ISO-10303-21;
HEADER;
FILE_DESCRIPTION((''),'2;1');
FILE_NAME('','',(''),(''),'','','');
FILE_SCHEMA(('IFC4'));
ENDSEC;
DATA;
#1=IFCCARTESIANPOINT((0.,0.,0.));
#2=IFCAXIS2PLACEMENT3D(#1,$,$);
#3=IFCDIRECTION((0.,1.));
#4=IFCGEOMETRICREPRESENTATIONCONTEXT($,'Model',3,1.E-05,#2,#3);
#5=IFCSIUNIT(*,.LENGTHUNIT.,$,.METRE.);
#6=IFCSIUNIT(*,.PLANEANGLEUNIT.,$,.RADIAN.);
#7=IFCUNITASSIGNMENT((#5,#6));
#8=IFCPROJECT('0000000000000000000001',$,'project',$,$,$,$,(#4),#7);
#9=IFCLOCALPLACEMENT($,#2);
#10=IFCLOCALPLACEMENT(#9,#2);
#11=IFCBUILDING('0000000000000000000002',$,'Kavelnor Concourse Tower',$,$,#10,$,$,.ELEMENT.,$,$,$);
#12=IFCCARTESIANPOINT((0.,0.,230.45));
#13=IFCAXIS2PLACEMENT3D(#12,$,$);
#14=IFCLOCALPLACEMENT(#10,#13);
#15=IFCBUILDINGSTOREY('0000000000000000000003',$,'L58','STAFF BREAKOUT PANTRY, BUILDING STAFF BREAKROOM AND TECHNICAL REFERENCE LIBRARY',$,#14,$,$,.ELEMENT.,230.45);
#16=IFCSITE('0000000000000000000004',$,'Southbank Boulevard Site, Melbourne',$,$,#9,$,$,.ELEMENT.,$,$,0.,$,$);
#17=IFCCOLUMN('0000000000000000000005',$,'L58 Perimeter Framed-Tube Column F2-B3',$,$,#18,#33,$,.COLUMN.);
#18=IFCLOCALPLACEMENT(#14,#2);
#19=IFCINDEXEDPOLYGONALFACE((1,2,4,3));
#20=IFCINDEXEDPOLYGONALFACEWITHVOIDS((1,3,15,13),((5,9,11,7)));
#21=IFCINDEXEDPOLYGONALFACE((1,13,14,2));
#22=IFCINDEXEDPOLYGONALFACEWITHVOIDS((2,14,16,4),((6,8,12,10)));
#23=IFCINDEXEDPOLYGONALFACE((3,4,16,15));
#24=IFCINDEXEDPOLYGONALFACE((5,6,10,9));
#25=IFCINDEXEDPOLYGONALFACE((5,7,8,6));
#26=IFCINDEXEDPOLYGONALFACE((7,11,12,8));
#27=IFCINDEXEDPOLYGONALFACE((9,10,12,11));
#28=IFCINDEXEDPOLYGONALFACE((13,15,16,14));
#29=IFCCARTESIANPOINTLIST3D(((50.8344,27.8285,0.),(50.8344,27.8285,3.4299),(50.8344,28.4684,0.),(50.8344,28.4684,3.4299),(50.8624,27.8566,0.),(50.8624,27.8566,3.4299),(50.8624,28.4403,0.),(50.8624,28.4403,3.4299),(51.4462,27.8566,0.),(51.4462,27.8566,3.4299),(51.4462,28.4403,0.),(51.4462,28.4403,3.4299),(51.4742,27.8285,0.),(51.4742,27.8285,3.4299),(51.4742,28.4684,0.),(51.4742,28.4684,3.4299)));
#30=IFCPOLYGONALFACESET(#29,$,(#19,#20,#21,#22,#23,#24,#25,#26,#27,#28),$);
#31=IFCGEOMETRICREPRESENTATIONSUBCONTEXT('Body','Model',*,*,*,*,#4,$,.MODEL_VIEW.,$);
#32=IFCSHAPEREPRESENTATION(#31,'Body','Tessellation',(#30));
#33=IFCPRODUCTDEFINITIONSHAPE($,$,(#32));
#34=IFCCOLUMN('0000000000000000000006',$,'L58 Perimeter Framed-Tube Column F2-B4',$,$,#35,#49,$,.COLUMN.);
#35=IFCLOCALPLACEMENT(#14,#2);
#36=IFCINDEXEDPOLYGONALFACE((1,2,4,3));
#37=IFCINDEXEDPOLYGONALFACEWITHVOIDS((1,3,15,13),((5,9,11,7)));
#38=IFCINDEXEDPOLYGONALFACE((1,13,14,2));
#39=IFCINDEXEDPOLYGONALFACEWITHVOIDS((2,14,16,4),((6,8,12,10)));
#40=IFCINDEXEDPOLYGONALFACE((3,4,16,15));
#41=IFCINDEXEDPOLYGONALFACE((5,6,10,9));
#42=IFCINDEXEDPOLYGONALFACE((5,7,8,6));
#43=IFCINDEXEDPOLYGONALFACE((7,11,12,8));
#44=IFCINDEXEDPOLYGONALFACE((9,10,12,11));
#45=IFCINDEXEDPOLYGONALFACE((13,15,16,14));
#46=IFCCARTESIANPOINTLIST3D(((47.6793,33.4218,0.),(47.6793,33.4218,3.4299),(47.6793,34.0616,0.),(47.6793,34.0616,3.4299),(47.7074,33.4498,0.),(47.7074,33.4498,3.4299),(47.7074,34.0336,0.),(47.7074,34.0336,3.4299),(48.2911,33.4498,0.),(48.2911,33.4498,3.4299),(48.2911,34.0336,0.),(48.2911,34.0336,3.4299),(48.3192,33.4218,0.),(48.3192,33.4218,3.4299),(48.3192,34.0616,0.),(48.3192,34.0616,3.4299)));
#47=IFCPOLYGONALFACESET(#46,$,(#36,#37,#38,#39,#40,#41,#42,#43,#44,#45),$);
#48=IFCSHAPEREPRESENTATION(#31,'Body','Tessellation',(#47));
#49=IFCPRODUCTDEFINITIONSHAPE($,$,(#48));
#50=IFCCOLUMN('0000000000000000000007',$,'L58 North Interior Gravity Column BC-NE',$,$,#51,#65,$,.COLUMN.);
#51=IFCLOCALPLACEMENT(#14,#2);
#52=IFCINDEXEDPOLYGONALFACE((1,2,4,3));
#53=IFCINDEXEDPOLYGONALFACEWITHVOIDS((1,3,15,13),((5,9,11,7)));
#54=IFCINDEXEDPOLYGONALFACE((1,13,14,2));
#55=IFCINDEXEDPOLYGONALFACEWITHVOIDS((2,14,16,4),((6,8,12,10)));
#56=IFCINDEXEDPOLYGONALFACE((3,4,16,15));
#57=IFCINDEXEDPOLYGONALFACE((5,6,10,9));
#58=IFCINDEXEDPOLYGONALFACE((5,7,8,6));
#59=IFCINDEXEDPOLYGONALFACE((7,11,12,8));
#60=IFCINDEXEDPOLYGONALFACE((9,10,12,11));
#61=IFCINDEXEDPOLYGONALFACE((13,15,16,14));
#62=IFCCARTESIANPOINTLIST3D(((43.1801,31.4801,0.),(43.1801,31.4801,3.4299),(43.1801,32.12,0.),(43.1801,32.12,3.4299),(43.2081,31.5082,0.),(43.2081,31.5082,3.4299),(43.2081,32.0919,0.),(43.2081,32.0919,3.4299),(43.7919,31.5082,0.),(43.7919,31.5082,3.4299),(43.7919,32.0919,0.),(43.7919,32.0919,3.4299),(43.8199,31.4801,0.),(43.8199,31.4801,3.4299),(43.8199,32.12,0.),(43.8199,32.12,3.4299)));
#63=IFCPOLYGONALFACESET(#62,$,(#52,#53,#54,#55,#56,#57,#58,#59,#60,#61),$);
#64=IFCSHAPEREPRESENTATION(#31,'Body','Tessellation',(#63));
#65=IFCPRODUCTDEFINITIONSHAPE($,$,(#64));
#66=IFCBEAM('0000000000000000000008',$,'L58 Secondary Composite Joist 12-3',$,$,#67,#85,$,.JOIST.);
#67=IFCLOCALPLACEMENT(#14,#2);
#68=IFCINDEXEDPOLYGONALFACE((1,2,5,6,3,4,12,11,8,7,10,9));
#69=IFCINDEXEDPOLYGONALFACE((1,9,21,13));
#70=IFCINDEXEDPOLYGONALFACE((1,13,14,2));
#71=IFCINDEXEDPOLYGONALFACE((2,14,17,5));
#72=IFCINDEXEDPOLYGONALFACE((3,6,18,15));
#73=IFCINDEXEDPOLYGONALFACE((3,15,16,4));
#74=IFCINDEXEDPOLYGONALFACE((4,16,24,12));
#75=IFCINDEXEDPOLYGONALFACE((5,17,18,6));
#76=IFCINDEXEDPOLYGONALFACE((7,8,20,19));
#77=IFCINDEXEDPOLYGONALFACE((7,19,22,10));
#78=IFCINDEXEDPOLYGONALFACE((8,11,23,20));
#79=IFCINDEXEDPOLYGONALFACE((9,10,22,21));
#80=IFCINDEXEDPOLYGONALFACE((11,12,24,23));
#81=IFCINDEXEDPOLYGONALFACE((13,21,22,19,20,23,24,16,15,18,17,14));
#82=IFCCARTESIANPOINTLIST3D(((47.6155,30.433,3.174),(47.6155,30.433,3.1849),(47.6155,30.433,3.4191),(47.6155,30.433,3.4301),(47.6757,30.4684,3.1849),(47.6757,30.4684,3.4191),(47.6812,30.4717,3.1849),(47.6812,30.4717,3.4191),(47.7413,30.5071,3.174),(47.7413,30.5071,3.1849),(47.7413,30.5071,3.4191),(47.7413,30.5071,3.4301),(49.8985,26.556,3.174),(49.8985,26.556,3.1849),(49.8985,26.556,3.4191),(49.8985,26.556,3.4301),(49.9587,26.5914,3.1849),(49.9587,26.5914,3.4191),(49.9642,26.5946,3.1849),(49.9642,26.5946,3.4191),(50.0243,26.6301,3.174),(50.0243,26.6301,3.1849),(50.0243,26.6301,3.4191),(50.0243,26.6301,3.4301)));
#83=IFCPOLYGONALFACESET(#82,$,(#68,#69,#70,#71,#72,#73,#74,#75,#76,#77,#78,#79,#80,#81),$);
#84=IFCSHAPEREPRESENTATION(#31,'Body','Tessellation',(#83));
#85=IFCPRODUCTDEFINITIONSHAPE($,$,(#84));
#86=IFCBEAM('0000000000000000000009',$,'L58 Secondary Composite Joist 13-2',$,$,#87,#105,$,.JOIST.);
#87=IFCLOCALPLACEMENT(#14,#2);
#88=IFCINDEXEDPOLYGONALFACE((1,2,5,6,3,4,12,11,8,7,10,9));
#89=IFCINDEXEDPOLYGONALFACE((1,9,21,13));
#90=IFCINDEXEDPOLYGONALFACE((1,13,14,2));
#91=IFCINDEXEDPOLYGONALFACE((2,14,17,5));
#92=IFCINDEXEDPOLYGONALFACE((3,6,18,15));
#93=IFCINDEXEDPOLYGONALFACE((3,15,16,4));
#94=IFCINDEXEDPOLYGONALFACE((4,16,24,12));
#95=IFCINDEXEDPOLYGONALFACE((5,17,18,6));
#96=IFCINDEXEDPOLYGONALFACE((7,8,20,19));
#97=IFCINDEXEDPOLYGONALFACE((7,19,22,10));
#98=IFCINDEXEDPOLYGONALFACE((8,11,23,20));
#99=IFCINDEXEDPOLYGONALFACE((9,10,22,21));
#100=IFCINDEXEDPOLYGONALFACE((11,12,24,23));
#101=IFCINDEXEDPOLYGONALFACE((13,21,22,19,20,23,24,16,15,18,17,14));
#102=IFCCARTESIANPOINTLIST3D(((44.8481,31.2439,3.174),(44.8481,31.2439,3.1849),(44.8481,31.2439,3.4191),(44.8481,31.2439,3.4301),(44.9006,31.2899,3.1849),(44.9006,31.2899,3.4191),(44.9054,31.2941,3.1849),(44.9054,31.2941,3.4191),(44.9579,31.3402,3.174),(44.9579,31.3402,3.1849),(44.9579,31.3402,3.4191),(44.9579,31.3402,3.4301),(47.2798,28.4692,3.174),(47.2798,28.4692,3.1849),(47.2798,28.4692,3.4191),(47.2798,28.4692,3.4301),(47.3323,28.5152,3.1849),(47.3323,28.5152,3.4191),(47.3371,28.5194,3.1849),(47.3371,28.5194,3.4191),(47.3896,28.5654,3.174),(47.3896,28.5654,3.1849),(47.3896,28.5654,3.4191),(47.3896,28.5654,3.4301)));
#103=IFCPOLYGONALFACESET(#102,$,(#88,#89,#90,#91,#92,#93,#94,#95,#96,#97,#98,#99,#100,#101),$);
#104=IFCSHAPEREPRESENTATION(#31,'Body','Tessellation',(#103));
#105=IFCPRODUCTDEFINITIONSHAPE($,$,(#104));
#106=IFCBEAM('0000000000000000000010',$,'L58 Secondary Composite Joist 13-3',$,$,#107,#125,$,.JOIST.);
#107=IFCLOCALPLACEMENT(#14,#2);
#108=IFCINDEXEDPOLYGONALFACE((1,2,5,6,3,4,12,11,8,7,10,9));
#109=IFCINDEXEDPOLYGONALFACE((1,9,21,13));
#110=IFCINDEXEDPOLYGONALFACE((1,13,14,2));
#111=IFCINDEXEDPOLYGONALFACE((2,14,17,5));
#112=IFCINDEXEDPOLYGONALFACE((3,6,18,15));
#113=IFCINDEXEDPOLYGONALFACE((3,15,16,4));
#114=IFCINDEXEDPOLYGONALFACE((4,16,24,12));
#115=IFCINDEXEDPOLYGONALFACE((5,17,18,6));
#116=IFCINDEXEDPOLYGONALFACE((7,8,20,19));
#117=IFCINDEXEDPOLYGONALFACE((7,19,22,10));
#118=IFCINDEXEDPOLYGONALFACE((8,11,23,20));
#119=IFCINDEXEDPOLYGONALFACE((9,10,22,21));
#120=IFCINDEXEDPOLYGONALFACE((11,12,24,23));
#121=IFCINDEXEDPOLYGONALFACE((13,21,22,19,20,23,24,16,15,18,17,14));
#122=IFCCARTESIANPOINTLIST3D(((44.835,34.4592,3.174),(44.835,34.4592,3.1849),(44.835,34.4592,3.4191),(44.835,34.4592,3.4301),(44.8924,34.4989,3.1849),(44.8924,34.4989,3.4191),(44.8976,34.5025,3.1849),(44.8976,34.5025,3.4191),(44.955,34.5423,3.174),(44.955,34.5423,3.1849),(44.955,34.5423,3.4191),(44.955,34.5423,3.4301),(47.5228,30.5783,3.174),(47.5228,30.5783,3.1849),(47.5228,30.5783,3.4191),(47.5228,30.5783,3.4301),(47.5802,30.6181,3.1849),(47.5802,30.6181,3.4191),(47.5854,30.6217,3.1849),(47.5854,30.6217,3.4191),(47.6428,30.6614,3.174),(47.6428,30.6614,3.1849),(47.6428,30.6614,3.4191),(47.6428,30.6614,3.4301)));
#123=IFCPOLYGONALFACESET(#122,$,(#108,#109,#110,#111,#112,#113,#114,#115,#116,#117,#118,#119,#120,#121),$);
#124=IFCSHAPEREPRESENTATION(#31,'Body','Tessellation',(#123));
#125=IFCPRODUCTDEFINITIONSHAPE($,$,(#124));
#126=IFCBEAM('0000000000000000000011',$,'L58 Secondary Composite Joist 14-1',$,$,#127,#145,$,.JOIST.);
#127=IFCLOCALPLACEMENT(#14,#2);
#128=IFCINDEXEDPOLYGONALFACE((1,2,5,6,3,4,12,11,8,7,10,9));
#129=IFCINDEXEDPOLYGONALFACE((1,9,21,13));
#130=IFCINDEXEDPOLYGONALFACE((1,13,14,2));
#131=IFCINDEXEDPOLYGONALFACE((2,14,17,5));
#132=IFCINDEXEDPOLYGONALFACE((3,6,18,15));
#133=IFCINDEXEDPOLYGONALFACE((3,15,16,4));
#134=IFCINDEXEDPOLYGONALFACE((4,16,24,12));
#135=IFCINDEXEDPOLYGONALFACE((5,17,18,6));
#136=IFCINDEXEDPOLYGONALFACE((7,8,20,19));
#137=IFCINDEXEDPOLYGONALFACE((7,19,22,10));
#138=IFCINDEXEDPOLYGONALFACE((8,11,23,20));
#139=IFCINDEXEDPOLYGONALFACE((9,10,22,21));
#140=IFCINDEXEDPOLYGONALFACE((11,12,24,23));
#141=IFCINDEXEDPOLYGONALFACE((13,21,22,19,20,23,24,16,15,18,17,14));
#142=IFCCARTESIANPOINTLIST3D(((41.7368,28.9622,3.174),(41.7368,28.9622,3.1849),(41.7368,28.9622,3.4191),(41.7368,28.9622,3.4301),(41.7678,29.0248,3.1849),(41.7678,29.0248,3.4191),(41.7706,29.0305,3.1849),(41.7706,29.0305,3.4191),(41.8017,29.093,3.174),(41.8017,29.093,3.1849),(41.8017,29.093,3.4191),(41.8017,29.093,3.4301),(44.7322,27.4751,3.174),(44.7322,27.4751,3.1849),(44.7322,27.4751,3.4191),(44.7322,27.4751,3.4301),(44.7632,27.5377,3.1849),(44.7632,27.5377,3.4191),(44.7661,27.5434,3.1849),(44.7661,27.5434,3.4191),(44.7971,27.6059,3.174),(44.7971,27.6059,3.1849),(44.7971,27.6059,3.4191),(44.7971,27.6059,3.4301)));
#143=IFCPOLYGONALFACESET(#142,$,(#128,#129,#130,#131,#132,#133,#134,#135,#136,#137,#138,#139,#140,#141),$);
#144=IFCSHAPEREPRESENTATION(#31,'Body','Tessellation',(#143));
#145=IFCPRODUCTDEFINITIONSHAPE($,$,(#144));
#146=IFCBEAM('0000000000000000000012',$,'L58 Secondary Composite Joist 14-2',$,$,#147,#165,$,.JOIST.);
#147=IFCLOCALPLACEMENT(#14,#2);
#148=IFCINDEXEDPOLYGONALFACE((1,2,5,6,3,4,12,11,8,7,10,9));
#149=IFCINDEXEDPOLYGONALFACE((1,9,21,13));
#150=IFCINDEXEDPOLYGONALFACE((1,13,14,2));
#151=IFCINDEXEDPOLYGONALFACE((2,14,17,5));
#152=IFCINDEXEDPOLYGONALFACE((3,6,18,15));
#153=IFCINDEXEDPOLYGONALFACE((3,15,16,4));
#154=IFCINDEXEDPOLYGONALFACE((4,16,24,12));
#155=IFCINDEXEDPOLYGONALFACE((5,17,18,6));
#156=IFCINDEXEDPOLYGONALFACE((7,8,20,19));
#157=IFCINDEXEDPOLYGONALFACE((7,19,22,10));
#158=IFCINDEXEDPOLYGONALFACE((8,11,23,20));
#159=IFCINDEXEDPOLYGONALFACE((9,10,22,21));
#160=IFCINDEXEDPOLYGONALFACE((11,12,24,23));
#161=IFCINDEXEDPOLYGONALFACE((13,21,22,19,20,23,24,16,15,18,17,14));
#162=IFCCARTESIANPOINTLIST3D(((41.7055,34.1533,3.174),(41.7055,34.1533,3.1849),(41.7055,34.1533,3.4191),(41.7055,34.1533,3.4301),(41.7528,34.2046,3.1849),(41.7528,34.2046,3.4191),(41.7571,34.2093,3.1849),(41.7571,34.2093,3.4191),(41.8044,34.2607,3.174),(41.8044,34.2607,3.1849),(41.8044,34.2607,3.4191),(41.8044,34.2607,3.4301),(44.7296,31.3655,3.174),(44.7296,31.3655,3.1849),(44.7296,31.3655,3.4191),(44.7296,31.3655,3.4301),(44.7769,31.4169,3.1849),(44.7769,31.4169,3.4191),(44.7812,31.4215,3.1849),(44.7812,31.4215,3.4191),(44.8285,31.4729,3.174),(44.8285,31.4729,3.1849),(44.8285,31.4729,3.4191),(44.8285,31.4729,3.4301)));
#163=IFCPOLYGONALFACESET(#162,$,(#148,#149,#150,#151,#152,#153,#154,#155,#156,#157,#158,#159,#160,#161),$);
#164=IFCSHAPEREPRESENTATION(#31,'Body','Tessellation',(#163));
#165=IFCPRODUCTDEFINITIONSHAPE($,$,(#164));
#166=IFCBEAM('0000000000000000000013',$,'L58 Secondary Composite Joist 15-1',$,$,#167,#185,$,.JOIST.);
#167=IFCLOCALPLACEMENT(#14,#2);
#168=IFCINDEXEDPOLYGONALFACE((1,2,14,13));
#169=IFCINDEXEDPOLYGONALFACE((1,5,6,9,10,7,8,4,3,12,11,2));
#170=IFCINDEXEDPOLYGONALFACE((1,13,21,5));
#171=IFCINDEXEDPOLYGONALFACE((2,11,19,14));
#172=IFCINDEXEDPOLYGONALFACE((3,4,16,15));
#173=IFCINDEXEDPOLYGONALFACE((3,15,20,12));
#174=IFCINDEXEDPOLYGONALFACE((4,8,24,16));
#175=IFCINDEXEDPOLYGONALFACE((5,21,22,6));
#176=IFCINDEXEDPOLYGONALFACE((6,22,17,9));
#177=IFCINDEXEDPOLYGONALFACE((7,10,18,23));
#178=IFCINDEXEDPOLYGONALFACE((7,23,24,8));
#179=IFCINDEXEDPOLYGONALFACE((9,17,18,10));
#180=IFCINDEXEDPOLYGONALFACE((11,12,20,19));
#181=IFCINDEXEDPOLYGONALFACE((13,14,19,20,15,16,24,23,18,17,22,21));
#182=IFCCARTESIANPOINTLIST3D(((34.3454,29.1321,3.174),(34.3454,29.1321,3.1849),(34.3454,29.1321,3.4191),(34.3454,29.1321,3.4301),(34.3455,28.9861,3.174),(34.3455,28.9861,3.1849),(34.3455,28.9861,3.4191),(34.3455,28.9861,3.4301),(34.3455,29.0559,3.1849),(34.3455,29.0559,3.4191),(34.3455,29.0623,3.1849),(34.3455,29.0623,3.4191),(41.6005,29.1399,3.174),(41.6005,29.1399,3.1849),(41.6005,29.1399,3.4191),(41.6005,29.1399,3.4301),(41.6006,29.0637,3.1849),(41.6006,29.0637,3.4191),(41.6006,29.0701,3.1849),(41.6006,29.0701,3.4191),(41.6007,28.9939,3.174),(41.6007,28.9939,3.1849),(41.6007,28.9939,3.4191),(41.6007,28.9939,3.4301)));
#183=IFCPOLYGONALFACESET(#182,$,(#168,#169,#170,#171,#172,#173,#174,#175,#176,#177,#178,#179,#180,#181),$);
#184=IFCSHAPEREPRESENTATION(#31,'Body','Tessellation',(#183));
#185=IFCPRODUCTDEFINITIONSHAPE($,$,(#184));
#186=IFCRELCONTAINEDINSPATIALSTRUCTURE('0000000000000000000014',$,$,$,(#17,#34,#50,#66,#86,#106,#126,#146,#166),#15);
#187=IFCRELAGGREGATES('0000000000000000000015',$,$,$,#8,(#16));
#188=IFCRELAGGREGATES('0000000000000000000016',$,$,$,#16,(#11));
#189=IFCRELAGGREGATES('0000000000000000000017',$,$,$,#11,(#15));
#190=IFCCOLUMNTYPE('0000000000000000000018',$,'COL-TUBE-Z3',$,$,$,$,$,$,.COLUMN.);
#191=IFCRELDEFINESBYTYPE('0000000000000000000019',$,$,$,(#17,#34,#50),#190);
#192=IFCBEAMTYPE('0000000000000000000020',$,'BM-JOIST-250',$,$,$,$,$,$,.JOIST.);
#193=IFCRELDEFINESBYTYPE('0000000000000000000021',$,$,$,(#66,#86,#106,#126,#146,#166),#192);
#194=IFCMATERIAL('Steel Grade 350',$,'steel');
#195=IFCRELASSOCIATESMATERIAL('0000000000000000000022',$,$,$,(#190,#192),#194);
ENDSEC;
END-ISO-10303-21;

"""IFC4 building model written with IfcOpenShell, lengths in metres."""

from ifc_helpers import new_model, si_unit, direction, frame, origin, origin_2d, place, context, subcontext, project, spatial, hollow_rectangle, i_section, extrude, material, material_profile, profile_set, type_object, element, save


model = new_model("IFC4")

# Units and contexts
model_context = context("Model", 3, precision=1e-05, world=origin(), true_north=direction((0.0, 1.0)))
body_context = subcontext(model_context, "Body", "Model", "MODEL_VIEW")
ifc_project = project(units=[si_unit("LENGTHUNIT", "METRE"), si_unit("PLANEANGLEUNIT", "RADIAN")], contexts=[model_context])

# Site, building, storey
site_placement = place(None, origin())
site = spatial("IfcSite", under=ifc_project, at=site_placement, Name="Southbank Boulevard Site, Melbourne", CompositionType="ELEMENT", RefElevation=0.0)
building_placement = place(site_placement, origin())
building = spatial("IfcBuilding", under=site, at=building_placement, Name="Kavelnor Concourse Tower", CompositionType="ELEMENT")
storey_placement = place(building_placement, frame((0.0, 0.0, 230.45)))
storey = spatial("IfcBuildingStorey", under=building, at=storey_placement, Name="L58", Description="STAFF BREAKOUT PANTRY, BUILDING STAFF BREAKROOM AND TECHNICAL REFERENCE LIBRARY", CompositionType="ELEMENT", Elevation=230.45)

# Columns
ifc_material_1 = material(Name="Steel Grade 350", Category="steel")
ifc_material_profile_1 = material_profile(ifc_material_1, hollow_rectangle(XDim=0.6399, YDim=0.6399, WallThickness=0.0281, at=origin_2d()), Name="SHS 640x640x28")
ifc_profile_set_1 = profile_set([ifc_material_profile_1], Name="Steel Grade 350")
column_type = type_object("IfcColumnType", Name="COL-TUBE-Z3", PredefinedType="COLUMN", material=ifc_profile_set_1)
for number, where, z_axis, x_axis, name in (
    (1, (51.1543, 28.1484, 0.0), (0.0, 0.0, 1.0), (1.0, 0.0, 0.0), "L58 Perimeter Framed-Tube Column F2-B3"),
    (2, (47.9993, 33.7417, 0.0), (0.0, 0.0, 1.0), (1.0, 0.0, 0.0), "L58 Perimeter Framed-Tube Column F2-B4"),
    (3, (43.5, 31.8, 0.0), (0.0, 0.0, 1.0), (1.0, 0.0, 0.0), "L58 North Interior Gravity Column BC-NE"),
):
    element("IfcColumn", number, at=place(storey_placement, frame(where, z_axis=z_axis, x_axis=x_axis)), inside=storey, type_object=column_type, Name=name, PredefinedType="COLUMN", context=body_context, shape_type="SweptSolid", body=[
        extrude(hollow_rectangle(XDim=0.6399, YDim=0.6399, WallThickness=0.0281, at=origin_2d()), origin(), (0.0, 0.0, 1.0), 3.4299),
    ])

# Beams
ifc_material_profile_2 = material_profile(ifc_material_1, i_section(OverallWidth=0.146, OverallDepth=0.2561, WebThickness=0.0063, FlangeThickness=0.011, at=origin_2d()), Name="250UB37")
ifc_profile_set_2 = profile_set([ifc_material_profile_2], Name="Steel Grade 350")
beam_type_1 = type_object("IfcBeamType", Name="BM-JOIST-250", PredefinedType="JOIST", material=ifc_profile_set_2)
beam_1_placement = place(storey_placement, frame((49.9614, 26.593, 3.302), z_axis=(-0.507416, 0.861701, 0.0), x_axis=(-0.861701, -0.507416, 0.0)))
element("IfcBeam", 4, at=beam_1_placement, inside=storey, type_object=beam_type_1, Name="L58 Secondary Composite Joist 12-3", PredefinedType="JOIST", context=body_context, shape_type="SweptSolid", body=[
    extrude(i_section(OverallWidth=0.146, OverallDepth=0.2561, WebThickness=0.0063, FlangeThickness=0.011, at=origin_2d()), origin(), (0.0, 0.0, 1.0), 4.4993),
])
beam_2_placement = place(storey_placement, frame((47.3347, 28.5173, 3.302), z_axis=(-0.65909, 0.752064, 0.0), x_axis=(-0.752064, -0.65909, 0.0)))
element("IfcBeam", 5, at=beam_2_placement, inside=storey, type_object=beam_type_1, Name="L58 Secondary Composite Joist 13-2", PredefinedType="JOIST", context=body_context, shape_type="SweptSolid", body=[
    extrude(i_section(OverallWidth=0.146, OverallDepth=0.2561, WebThickness=0.0063, FlangeThickness=0.011, at=origin_2d()), origin(), (0.0, 0.0, 1.0), 3.6895),
])
beam_3_placement = place(storey_placement, frame((47.5828, 30.6199, 3.302), z_axis=(-0.569353, 0.822094, 0.0), x_axis=(-0.822094, -0.569353, 0.0)))
element("IfcBeam", 6, at=beam_3_placement, inside=storey, type_object=beam_type_1, Name="L58 Secondary Composite Joist 13-3", PredefinedType="JOIST", context=body_context, shape_type="SweptSolid", body=[
    extrude(i_section(OverallWidth=0.146, OverallDepth=0.2561, WebThickness=0.0063, FlangeThickness=0.011, at=origin_2d()), origin(), (0.0, 0.0, 1.0), 4.7207),
])
beam_4_placement = place(storey_placement, frame((44.7646, 27.5405, 3.302), z_axis=(-0.895694, 0.444671, 0.0), x_axis=(-0.444671, -0.895694, 0.0)))
element("IfcBeam", 7, at=beam_4_placement, inside=storey, type_object=beam_type_1, Name="L58 Secondary Composite Joist 14-1", PredefinedType="JOIST", context=body_context, shape_type="SweptSolid", body=[
    extrude(i_section(OverallWidth=0.146, OverallDepth=0.2561, WebThickness=0.0063, FlangeThickness=0.011, at=origin_2d()), origin(), (0.0, 0.0, 1.0), 3.3442),
])
beam_5_placement = place(storey_placement, frame((44.7791, 31.4192, 3.302), z_axis=(-0.735252, 0.677794, 0.0), x_axis=(-0.677794, -0.735252, 0.0)))
element("IfcBeam", 8, at=beam_5_placement, inside=storey, type_object=beam_type_1, Name="L58 Secondary Composite Joist 14-2", PredefinedType="JOIST", context=body_context, shape_type="SweptSolid", body=[
    extrude(i_section(OverallWidth=0.146, OverallDepth=0.2561, WebThickness=0.0063, FlangeThickness=0.011, at=origin_2d()), origin(), (0.0, 0.0, 1.0), 4.113),
])
beam_6_placement = place(storey_placement, frame((41.6006, 29.0669, 3.302), z_axis=(-0.999999, -0.001077, 0.0), x_axis=(0.001077, -0.999999, 0.0)))
element("IfcBeam", 9, at=beam_6_placement, inside=storey, type_object=beam_type_1, Name="L58 Secondary Composite Joist 15-1", PredefinedType="JOIST", context=body_context, shape_type="SweptSolid", body=[
    extrude(i_section(OverallWidth=0.146, OverallDepth=0.2561, WebThickness=0.0063, FlangeThickness=0.011, at=origin_2d()), origin(), (0.0, 0.0, 1.0), 7.2551),
])

save(model, "model.ifc")
